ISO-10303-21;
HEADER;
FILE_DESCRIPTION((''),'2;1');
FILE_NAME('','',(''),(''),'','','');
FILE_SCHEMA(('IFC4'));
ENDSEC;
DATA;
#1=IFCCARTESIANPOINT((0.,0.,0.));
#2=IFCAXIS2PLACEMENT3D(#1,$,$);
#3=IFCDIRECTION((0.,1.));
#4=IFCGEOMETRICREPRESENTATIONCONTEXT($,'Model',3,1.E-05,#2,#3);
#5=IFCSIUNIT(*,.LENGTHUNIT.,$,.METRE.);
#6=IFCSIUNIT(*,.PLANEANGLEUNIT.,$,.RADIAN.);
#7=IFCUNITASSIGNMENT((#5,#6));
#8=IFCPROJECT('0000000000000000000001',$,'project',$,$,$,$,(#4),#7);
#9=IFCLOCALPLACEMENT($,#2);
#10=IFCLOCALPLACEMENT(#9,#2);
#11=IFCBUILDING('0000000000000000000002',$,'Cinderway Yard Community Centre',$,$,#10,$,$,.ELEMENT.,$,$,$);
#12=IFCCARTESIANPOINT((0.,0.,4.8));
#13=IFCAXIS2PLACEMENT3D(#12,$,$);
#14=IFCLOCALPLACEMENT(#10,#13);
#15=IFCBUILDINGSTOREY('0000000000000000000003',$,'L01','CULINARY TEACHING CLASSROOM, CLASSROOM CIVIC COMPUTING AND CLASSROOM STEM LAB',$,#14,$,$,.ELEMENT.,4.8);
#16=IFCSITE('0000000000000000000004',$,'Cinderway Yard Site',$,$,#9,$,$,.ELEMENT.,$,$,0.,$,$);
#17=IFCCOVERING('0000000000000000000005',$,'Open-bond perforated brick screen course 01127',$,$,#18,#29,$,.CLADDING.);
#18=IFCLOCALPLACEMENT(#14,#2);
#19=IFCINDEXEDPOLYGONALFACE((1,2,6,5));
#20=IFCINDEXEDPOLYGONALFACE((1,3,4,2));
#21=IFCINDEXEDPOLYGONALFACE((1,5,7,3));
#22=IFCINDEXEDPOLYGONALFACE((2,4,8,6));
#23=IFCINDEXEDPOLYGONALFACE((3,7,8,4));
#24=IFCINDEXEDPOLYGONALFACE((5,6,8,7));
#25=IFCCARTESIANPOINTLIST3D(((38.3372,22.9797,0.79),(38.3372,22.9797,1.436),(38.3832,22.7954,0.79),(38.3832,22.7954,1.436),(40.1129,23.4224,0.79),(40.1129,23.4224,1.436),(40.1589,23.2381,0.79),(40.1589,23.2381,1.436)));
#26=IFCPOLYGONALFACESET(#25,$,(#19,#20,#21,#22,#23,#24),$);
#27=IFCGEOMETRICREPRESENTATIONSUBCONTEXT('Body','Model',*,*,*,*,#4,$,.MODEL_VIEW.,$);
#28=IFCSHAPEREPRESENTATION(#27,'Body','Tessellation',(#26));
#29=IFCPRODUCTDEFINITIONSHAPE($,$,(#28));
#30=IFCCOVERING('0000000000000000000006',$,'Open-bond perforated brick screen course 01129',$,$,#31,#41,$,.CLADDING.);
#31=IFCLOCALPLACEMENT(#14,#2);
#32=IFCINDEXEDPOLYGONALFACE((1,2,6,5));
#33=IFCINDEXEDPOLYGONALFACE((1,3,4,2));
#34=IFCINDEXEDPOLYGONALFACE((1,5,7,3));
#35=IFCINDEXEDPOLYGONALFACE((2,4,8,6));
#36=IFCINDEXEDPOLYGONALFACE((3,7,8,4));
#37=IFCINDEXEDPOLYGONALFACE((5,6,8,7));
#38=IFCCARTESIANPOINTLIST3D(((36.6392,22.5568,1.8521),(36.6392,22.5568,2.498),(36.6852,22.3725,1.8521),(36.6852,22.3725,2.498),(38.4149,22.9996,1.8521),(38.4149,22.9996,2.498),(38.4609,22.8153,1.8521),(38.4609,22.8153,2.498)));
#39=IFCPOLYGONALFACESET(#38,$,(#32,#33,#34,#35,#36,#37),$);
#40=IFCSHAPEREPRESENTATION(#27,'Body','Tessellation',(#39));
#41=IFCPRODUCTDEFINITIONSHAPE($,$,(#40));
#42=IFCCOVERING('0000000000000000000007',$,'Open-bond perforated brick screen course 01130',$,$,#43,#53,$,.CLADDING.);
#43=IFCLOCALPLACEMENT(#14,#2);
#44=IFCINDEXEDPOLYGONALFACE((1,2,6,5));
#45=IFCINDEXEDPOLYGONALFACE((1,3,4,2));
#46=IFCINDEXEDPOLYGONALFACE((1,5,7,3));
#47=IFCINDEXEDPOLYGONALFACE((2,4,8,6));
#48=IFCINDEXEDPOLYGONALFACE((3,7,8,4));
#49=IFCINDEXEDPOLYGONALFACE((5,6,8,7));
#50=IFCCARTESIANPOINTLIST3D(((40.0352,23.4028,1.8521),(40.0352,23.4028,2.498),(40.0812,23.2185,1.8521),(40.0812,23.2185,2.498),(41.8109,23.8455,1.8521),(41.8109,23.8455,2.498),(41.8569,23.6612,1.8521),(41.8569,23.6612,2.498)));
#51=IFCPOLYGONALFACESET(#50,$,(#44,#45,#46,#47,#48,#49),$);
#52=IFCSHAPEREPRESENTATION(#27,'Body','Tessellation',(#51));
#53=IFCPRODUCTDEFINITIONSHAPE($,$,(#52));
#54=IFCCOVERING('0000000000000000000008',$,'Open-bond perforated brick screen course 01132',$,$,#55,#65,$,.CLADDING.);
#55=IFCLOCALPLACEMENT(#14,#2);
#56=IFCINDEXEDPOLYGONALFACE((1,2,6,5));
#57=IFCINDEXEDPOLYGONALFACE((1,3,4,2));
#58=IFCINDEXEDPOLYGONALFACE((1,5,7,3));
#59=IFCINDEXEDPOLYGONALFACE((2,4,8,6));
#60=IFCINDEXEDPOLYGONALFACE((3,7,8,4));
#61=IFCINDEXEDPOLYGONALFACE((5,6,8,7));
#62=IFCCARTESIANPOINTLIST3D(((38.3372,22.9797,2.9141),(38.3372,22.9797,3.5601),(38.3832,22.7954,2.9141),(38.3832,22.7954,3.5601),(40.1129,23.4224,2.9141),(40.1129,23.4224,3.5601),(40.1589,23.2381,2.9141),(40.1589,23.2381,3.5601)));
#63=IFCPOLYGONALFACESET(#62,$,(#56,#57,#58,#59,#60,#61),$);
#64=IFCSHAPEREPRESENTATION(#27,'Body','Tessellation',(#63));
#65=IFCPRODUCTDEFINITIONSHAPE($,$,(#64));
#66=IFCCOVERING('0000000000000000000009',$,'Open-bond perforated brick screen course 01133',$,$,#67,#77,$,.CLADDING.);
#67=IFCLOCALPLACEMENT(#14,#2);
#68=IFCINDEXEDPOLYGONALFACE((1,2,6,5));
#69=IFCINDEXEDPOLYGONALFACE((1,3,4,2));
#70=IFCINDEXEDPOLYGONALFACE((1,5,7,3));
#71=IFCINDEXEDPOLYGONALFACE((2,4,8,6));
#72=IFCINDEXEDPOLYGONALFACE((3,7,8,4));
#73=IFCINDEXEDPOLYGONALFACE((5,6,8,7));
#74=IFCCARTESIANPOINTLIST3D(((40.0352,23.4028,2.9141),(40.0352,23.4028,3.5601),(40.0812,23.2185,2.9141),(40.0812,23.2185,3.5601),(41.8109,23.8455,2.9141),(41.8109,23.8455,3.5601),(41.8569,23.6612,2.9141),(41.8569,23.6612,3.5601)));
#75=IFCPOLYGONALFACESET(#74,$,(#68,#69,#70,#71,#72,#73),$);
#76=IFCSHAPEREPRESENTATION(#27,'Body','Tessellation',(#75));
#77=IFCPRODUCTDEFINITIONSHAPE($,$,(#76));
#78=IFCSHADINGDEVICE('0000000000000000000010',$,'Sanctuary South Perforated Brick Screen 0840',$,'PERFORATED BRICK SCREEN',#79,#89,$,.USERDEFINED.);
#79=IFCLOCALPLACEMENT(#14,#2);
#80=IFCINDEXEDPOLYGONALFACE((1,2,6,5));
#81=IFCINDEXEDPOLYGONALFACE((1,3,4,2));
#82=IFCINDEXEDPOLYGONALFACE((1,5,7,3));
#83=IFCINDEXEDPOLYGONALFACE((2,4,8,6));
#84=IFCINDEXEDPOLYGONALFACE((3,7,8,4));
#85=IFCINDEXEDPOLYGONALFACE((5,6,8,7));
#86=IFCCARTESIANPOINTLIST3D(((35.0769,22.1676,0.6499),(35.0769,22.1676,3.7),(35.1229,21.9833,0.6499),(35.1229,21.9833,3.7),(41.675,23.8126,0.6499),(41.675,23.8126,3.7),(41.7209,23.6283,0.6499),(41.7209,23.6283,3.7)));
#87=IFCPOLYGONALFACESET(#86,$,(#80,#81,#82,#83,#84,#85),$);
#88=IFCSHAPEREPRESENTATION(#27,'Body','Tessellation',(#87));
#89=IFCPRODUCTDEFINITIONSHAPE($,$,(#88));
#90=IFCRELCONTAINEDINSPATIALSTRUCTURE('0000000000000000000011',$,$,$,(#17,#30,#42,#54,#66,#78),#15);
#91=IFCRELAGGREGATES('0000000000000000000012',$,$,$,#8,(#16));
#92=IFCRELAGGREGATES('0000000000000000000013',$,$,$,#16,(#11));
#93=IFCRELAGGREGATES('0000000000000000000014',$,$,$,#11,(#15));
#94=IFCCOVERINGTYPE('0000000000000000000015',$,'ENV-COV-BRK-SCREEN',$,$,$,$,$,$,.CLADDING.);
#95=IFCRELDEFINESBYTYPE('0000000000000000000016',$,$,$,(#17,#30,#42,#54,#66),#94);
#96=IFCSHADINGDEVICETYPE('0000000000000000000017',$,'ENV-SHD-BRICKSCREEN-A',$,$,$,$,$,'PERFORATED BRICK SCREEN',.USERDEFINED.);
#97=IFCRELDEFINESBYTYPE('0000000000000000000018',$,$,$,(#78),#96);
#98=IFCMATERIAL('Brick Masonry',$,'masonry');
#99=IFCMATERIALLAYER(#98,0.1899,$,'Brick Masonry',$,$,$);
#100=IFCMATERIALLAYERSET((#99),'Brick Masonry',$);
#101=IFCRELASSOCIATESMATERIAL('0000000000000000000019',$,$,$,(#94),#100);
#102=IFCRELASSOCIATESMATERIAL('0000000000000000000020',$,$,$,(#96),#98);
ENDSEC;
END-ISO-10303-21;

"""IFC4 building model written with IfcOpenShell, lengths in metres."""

from ifc_helpers import new_model, si_unit, direction, frame, origin, origin_2d, place, context, subcontext, project, spatial, rectangle, extrude, material, layer, layer_set, type_object, element, save


model = new_model("IFC4")

# Units and contexts
model_context = context("Model", 3, precision=1e-05, world=origin(), true_north=direction((0.0, 1.0)))
body_context = subcontext(model_context, "Body", "Model", "MODEL_VIEW")
ifc_project = project(units=[si_unit("LENGTHUNIT", "METRE"), si_unit("PLANEANGLEUNIT", "RADIAN")], contexts=[model_context])

# Site, building, storey
site_placement = place(None, origin())
site = spatial("IfcSite", under=ifc_project, at=site_placement, Name="Cinderway Yard Site", CompositionType="ELEMENT", RefElevation=0.0)
building_placement = place(site_placement, origin())
building = spatial("IfcBuilding", under=site, at=building_placement, Name="Cinderway Yard Community Centre", CompositionType="ELEMENT")
storey_placement = place(building_placement, frame((0.0, 0.0, 4.8)))
storey = spatial("IfcBuildingStorey", under=building, at=storey_placement, Name="L01", Description="CULINARY TEACHING CLASSROOM, CLASSROOM CIVIC COMPUTING AND CLASSROOM STEM LAB", CompositionType="ELEMENT", Elevation=4.8)

# Coverings
ifc_material_1 = material(Name="Brick Masonry", Category="masonry")
ifc_layer_1 = layer(ifc_material_1, 0.1899, Name="Brick Masonry")
ifc_layer_set_1 = layer_set([ifc_layer_1], Name="Brick Masonry")
covering_type = type_object("IfcCoveringType", Name="ENV-COV-BRK-SCREEN", PredefinedType="CLADDING", material=ifc_layer_set_1)
for number, where, z_axis, x_axis, name in (
    (1, (39.248, 23.1089, 0.79), (0.0, 0.0, 1.0), (-0.970296, -0.241922, 0.0), "Open-bond perforated brick screen course 01127"),
    (2, (37.55, 22.686, 1.8521), (0.0, 0.0, 1.0), (-0.970296, -0.241922, 0.0), "Open-bond perforated brick screen course 01129"),
    (3, (40.946, 23.532, 1.8521), (0.0, 0.0, 1.0), (-0.970296, -0.241922, 0.0), "Open-bond perforated brick screen course 01130"),
    (4, (39.248, 23.1089, 2.9141), (0.0, 0.0, 1.0), (-0.970296, -0.241922, 0.0), "Open-bond perforated brick screen course 01132"),
    (5, (40.946, 23.532, 2.9141), (0.0, 0.0, 1.0), (-0.970296, -0.241922, 0.0), "Open-bond perforated brick screen course 01133"),
):
    element("IfcCovering", number, at=place(storey_placement, frame(where, z_axis=z_axis, x_axis=x_axis)), inside=storey, type_object=covering_type, Name=name, PredefinedType="CLADDING", context=body_context, shape_type="SweptSolid", body=[
        extrude(rectangle(XDim=1.8301, YDim=0.1899, at=origin_2d()), origin(), (0.0, 0.0, 1.0), 0.646),
    ])

# Shading device
shading_device_type = type_object("IfcShadingDeviceType", Name="ENV-SHD-BRICKSCREEN-A", ElementType="PERFORATED BRICK SCREEN", PredefinedType="USERDEFINED", material=ifc_material_1)
shading_device_placement = place(storey_placement, frame((38.3989, 22.8979, 0.6499), z_axis=(0.0, 0.0, 1.0), x_axis=(-0.970296, -0.241922, 0.0)))
element("IfcShadingDevice", 6, at=shading_device_placement, inside=storey, type_object=shading_device_type, Name="Sanctuary South Perforated Brick Screen 0840", ObjectType="PERFORATED BRICK SCREEN", PredefinedType="USERDEFINED", context=body_context, shape_type="SweptSolid", body=[
    extrude(rectangle(XDim=6.8, YDim=0.1899, at=origin_2d()), origin(), (0.0, 0.0, 1.0), 3.05),
])

save(model, "model.ifc")
